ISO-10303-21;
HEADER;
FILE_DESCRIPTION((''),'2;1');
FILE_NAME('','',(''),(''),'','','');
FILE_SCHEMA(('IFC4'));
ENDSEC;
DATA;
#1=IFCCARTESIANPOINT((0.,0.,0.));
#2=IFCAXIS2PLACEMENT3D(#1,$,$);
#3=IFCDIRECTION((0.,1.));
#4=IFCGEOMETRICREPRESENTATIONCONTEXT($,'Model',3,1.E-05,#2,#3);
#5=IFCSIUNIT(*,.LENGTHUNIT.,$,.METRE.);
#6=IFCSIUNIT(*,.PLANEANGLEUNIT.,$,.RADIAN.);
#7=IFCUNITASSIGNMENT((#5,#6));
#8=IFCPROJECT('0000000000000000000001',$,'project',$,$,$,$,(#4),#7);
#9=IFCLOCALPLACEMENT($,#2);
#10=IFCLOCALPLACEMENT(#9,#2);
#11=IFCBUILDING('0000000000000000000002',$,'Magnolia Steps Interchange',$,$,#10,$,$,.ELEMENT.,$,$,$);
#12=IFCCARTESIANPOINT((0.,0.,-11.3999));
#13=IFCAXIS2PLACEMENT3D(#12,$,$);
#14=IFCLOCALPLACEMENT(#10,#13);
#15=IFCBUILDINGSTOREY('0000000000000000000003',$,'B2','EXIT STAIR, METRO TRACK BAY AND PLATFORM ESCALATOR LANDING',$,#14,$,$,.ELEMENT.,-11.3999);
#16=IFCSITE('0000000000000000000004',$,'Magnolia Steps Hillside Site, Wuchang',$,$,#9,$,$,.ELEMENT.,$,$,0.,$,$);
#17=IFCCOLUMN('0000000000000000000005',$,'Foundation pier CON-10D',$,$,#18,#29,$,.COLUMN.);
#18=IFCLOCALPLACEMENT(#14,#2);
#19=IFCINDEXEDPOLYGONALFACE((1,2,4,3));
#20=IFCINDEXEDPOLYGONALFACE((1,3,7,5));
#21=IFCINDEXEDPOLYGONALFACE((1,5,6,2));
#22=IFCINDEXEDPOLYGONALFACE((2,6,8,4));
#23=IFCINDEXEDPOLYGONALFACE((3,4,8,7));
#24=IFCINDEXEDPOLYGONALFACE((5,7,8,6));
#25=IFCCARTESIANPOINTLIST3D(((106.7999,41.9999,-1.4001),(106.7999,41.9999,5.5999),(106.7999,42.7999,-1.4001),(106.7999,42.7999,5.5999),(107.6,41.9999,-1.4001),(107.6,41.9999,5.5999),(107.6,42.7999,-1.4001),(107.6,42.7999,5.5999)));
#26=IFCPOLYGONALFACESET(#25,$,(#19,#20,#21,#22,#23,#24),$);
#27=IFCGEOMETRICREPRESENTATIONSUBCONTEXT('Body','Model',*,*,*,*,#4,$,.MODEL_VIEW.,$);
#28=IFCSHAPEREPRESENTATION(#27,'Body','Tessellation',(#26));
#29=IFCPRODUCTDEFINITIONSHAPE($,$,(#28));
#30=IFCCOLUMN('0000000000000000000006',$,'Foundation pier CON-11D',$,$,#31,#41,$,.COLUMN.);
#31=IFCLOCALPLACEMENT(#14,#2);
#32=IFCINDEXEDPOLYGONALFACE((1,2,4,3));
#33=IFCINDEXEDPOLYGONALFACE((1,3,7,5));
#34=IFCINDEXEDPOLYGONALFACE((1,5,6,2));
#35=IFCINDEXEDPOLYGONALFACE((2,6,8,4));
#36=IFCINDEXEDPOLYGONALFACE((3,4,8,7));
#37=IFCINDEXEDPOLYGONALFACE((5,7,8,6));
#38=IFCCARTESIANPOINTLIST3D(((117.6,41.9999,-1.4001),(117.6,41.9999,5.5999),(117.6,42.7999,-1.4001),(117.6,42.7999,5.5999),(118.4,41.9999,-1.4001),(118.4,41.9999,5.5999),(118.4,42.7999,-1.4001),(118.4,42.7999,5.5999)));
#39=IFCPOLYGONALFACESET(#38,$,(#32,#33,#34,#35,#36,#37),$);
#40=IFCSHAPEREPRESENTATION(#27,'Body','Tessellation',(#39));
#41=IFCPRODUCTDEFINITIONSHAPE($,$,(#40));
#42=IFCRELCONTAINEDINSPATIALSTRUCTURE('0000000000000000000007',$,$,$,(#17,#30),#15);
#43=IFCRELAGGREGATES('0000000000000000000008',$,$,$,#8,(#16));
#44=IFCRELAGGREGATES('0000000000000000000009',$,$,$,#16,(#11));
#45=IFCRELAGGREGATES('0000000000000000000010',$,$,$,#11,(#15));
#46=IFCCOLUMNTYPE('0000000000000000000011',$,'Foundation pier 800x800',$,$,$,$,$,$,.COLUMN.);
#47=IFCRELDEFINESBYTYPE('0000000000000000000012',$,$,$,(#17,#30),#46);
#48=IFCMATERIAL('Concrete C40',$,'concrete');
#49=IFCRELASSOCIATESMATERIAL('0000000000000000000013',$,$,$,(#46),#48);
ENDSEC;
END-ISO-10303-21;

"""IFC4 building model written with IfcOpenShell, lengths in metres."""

from ifc_helpers import new_model, si_unit, direction, frame, origin, origin_2d, place, context, subcontext, project, spatial, rectangle, extrude, material, material_profile, profile_set, type_object, element, save


model = new_model("IFC4")

# Units and contexts
model_context = context("Model", 3, precision=1e-05, world=origin(), true_north=direction((0.0, 1.0)))
body_context = subcontext(model_context, "Body", "Model", "MODEL_VIEW")
ifc_project = project(units=[si_unit("LENGTHUNIT", "METRE"), si_unit("PLANEANGLEUNIT", "RADIAN")], contexts=[model_context])

# Site, building, storey
site_placement = place(None, origin())
site = spatial("IfcSite", under=ifc_project, at=site_placement, Name="Magnolia Steps Hillside Site, Wuchang", CompositionType="ELEMENT", RefElevation=0.0)
building_placement = place(site_placement, origin())
building = spatial("IfcBuilding", under=site, at=building_placement, Name="Magnolia Steps Interchange", CompositionType="ELEMENT")
storey_placement = place(building_placement, frame((0.0, 0.0, -11.3999)))
storey = spatial("IfcBuildingStorey", under=building, at=storey_placement, Name="B2", Description="EXIT STAIR, METRO TRACK BAY AND PLATFORM ESCALATOR LANDING", CompositionType="ELEMENT", Elevation=-11.3999)

# Columns
ifc_material_1 = material(Name="Concrete C40", Category="concrete")
ifc_material_profile_1 = material_profile(ifc_material_1, rectangle(XDim=0.8, YDim=0.8, at=origin_2d()), Name="RC800x800")
ifc_profile_set_1 = profile_set([ifc_material_profile_1], Name="Concrete C40")
column_type = type_object("IfcColumnType", Name="Foundation pier 800x800", PredefinedType="COLUMN", material=ifc_profile_set_1)
for number, where, z_axis, x_axis, name in (
    (1, (107.2, 42.3999, -1.4001), (0.0, 0.0, 1.0), (1.0, 0.0, 0.0), "Foundation pier CON-10D"),
    (2, (118.0, 42.3999, -1.4001), (0.0, 0.0, 1.0), (1.0, 0.0, 0.0), "Foundation pier CON-11D"),
):
    element("IfcColumn", number, at=place(storey_placement, frame(where, z_axis=z_axis, x_axis=x_axis)), inside=storey, type_object=column_type, Name=name, PredefinedType="COLUMN", context=body_context, shape_type="SweptSolid", body=[
        extrude(rectangle(XDim=0.8, YDim=0.8, at=origin_2d()), origin(), (0.0, 0.0, 1.0), 7.0),
    ])

save(model, "model.ifc")
